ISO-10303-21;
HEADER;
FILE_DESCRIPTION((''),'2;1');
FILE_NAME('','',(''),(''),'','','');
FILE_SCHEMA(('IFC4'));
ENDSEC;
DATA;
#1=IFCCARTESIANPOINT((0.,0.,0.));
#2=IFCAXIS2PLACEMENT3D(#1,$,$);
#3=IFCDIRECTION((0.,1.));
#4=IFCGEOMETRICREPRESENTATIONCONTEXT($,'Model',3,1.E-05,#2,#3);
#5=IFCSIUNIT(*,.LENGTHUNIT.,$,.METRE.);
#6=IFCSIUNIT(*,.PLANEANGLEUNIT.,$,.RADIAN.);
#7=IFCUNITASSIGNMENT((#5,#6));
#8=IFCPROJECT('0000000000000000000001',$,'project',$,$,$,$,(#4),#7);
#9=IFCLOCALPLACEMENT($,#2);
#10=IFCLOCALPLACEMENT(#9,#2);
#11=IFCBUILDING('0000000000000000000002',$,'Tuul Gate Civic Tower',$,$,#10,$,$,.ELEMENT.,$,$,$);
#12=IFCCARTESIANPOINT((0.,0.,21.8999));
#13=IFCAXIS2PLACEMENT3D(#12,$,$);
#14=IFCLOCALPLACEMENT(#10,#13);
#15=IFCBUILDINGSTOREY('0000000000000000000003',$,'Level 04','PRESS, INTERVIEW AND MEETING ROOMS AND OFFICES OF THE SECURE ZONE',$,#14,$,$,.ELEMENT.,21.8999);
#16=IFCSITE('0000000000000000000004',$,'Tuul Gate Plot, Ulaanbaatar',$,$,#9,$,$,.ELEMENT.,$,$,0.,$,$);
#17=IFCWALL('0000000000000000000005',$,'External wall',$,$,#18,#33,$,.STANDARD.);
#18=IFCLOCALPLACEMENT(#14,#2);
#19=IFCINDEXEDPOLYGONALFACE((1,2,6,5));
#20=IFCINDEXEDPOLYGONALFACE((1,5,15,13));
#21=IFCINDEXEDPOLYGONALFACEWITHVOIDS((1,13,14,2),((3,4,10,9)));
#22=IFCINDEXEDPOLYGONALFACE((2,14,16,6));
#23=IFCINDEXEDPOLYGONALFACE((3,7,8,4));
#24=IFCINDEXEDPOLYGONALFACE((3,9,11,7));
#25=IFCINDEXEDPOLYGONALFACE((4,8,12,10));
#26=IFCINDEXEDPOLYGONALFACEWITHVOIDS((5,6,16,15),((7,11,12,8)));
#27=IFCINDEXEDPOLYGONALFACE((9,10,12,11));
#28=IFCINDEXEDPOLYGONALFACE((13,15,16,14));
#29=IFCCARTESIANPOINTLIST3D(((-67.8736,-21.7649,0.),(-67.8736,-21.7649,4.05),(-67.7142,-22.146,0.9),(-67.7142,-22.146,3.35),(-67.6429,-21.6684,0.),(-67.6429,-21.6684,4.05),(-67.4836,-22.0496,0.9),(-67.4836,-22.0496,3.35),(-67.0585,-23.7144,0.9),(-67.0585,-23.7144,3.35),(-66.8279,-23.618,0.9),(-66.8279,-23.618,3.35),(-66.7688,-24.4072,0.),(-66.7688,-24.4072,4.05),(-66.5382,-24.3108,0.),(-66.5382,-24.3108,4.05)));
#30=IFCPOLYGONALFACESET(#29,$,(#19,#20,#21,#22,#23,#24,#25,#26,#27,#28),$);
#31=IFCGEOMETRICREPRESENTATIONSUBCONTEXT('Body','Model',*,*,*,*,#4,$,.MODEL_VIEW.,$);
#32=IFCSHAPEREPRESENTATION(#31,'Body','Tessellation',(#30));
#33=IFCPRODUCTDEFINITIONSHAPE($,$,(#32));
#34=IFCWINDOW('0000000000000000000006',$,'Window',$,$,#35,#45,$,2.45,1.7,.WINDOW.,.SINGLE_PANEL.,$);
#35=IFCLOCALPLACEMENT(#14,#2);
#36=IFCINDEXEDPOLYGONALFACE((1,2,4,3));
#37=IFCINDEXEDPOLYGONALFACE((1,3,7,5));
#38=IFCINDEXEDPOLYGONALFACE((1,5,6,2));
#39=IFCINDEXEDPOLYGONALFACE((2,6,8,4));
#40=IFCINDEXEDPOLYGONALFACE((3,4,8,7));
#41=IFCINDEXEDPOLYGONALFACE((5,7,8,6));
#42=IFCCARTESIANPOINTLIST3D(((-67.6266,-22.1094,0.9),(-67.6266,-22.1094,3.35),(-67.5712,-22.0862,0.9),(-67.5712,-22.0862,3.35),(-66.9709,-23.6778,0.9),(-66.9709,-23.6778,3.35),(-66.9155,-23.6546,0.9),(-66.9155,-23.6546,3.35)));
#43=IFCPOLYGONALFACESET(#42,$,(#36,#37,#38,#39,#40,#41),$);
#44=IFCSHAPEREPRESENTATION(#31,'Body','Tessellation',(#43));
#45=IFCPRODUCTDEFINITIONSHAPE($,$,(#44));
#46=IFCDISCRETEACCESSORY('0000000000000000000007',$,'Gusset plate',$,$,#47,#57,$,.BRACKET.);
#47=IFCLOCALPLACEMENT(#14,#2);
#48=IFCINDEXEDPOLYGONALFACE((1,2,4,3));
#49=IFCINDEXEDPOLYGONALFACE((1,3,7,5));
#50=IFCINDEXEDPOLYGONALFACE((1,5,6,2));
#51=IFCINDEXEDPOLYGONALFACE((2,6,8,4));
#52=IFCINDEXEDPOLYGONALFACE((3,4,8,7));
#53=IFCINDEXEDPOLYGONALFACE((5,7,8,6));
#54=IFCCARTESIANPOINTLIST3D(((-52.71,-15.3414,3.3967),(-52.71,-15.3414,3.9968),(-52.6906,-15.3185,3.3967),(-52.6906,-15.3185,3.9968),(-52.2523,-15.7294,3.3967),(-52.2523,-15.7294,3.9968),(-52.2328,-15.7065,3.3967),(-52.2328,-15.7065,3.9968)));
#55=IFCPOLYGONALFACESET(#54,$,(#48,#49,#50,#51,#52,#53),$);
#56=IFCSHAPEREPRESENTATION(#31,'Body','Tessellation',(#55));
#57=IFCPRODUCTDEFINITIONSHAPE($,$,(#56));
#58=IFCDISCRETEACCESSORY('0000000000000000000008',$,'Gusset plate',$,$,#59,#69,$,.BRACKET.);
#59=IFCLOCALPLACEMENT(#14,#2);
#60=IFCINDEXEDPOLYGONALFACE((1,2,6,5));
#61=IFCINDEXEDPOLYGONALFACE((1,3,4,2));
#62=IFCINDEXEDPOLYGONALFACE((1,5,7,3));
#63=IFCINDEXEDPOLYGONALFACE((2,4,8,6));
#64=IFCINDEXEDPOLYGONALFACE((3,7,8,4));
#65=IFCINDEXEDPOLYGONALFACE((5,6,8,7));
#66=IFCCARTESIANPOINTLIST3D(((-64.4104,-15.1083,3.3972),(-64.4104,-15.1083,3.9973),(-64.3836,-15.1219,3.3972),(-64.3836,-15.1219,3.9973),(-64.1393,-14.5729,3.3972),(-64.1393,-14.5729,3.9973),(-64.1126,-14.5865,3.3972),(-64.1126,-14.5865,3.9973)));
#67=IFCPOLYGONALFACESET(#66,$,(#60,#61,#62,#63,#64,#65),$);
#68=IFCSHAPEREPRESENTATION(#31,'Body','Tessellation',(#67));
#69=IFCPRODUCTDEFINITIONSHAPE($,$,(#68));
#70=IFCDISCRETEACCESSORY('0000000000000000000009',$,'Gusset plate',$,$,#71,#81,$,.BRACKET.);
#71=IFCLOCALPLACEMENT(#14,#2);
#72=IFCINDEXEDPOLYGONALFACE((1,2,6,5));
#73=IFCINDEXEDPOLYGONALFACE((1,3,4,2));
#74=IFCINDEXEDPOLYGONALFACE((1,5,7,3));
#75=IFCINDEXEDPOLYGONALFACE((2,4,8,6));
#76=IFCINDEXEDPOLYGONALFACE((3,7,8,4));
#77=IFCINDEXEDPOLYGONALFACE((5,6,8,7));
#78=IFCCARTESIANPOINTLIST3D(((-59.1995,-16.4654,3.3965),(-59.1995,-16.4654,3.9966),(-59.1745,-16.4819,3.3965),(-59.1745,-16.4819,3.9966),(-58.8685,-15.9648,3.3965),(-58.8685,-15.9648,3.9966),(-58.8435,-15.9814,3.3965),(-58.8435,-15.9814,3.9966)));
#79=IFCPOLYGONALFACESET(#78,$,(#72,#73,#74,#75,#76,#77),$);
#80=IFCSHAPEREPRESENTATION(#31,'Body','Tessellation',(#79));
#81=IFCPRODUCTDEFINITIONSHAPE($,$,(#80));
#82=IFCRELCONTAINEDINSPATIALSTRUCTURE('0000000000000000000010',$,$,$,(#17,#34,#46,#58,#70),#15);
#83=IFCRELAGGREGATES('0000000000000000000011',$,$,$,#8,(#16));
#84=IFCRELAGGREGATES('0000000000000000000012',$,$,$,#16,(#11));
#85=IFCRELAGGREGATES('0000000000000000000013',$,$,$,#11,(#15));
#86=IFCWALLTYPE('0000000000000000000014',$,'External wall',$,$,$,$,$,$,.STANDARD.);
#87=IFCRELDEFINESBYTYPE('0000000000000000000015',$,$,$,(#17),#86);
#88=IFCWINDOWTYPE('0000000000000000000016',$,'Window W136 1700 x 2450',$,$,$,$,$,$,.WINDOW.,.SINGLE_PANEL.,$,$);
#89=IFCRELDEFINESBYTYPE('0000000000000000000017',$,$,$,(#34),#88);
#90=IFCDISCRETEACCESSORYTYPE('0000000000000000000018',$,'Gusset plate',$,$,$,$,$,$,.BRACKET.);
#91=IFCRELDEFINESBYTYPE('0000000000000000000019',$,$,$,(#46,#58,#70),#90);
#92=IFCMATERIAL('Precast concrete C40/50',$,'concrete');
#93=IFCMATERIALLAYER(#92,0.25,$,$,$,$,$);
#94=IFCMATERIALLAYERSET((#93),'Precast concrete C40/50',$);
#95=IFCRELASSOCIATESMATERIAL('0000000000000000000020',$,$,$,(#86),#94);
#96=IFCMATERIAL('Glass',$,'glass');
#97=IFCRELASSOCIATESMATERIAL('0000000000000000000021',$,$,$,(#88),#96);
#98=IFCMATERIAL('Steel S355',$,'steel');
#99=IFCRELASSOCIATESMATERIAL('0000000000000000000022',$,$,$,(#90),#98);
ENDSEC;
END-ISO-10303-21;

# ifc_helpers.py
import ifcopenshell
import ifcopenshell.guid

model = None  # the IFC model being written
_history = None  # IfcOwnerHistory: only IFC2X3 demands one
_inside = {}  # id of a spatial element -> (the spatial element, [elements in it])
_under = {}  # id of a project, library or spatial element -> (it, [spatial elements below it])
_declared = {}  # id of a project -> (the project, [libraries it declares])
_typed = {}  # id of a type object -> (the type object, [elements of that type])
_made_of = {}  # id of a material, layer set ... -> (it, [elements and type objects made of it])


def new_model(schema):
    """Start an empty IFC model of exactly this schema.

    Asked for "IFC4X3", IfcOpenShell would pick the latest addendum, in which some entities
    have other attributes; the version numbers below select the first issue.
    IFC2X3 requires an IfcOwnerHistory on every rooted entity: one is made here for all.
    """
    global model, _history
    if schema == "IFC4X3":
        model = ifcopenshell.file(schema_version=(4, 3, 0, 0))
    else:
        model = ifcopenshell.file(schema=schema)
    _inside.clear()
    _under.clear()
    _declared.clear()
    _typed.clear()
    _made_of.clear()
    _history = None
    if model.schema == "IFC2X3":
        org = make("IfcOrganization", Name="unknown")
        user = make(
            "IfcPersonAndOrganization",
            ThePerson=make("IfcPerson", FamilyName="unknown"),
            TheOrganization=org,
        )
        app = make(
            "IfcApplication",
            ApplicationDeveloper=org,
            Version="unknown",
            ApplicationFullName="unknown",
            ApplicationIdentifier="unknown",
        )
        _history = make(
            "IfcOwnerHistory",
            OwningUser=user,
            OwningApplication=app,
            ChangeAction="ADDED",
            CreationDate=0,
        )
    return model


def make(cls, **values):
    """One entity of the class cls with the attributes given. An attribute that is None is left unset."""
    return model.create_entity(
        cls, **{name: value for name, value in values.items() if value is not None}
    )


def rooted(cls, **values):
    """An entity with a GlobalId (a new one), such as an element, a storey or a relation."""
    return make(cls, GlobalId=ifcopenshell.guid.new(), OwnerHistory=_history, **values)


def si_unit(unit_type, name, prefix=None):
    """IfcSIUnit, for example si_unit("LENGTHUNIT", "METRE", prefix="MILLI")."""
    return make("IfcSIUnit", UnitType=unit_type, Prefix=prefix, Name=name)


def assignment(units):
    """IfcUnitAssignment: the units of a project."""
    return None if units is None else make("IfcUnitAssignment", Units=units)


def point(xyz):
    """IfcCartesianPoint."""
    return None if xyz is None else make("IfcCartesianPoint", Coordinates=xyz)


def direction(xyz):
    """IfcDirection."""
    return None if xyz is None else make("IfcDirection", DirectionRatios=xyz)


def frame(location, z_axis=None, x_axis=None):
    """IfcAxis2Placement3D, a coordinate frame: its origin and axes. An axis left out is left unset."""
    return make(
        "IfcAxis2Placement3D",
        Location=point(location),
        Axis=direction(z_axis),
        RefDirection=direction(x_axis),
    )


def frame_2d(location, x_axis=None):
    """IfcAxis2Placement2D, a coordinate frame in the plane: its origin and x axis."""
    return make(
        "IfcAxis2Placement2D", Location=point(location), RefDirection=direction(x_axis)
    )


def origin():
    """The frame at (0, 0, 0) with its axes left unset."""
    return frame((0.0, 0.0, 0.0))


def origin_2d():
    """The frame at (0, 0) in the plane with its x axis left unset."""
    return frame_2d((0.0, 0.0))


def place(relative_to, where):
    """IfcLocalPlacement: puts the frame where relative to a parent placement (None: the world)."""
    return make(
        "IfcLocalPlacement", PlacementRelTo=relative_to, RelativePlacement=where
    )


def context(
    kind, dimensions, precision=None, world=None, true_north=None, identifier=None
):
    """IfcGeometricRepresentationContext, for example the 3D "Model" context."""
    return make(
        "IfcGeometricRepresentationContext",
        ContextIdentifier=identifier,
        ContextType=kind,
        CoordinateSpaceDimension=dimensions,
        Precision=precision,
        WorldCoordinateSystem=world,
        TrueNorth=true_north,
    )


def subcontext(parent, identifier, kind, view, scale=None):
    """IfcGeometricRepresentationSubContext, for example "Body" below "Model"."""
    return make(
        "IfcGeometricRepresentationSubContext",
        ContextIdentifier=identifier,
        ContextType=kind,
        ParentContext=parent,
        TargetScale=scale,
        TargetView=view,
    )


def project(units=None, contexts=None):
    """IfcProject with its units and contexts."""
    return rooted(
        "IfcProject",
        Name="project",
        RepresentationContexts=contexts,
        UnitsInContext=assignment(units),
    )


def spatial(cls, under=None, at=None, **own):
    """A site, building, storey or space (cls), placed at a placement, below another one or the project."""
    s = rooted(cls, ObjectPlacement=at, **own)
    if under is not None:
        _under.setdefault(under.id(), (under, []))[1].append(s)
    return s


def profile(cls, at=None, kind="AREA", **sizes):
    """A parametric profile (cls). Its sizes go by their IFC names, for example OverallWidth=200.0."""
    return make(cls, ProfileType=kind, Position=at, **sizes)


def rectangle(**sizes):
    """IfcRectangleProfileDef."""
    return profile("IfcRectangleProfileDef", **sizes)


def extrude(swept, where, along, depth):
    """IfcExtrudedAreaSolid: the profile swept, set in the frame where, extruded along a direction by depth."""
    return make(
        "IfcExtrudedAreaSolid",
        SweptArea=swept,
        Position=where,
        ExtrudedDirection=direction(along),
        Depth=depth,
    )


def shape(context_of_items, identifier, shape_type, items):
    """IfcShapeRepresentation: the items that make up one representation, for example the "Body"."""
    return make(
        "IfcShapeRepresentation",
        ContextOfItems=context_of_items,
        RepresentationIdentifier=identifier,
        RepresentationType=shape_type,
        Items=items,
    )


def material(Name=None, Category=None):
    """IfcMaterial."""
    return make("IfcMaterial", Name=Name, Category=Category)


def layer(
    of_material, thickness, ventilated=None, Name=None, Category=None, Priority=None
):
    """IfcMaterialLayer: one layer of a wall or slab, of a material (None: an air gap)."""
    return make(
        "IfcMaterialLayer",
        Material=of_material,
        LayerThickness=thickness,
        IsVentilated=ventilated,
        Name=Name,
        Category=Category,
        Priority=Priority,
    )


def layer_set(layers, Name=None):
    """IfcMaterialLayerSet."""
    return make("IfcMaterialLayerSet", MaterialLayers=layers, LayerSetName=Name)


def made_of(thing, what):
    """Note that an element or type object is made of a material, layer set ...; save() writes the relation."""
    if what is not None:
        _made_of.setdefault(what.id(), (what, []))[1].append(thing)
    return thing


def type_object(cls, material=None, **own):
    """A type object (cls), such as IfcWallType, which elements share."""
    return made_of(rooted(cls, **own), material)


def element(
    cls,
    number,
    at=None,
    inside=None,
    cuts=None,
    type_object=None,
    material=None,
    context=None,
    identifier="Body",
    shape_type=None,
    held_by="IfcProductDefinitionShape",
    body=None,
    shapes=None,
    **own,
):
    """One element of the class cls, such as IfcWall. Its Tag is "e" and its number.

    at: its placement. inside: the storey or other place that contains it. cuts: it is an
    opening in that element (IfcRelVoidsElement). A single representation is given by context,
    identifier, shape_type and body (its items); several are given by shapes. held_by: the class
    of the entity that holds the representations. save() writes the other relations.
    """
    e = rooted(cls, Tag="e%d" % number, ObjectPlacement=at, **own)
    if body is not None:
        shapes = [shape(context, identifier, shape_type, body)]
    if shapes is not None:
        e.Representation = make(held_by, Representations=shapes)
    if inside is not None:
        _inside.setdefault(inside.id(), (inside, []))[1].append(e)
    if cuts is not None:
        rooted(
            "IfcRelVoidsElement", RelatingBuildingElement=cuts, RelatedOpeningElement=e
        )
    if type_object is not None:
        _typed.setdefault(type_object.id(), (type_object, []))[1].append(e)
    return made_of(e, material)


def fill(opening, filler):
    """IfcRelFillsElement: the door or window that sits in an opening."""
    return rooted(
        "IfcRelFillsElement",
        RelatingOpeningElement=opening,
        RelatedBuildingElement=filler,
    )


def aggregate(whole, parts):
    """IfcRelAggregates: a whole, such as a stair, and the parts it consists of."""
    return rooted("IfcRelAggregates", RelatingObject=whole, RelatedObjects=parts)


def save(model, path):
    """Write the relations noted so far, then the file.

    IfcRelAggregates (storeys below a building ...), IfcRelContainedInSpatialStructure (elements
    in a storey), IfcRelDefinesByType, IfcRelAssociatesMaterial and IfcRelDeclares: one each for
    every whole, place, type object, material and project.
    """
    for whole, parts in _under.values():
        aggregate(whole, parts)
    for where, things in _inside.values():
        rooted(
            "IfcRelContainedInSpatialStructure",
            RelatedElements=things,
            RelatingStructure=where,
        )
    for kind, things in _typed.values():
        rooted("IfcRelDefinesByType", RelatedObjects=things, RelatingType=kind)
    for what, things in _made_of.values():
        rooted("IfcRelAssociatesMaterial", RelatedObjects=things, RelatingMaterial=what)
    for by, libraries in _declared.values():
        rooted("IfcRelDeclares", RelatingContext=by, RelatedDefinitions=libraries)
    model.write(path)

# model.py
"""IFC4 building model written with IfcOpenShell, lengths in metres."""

from ifc_helpers import new_model, si_unit, direction, frame, frame_2d, origin, origin_2d, place, context, subcontext, project, spatial, rectangle, extrude, material, layer, layer_set, type_object, element, fill, save


model = new_model("IFC4")

# Units and contexts
model_context = context("Model", 3, precision=1e-05, world=origin(), true_north=direction((0.0, 1.0)))
body_context = subcontext(model_context, "Body", "Model", "MODEL_VIEW")
ifc_project = project(units=[si_unit("LENGTHUNIT", "METRE"), si_unit("PLANEANGLEUNIT", "RADIAN")], contexts=[model_context])

# Site, building, storey
site_placement = place(None, origin())
site = spatial("IfcSite", under=ifc_project, at=site_placement, Name="Tuul Gate Plot, Ulaanbaatar", CompositionType="ELEMENT", RefElevation=0.0)
building_placement = place(site_placement, origin())
building = spatial("IfcBuilding", under=site, at=building_placement, Name="Tuul Gate Civic Tower", CompositionType="ELEMENT")
storey_placement = place(building_placement, frame((0.0, 0.0, 21.8999)))
storey = spatial("IfcBuildingStorey", under=building, at=storey_placement, Name="Level 04", Description="PRESS, INTERVIEW AND MEETING ROOMS AND OFFICES OF THE SECURE ZONE", CompositionType="ELEMENT", Elevation=21.8999)

# Shared definitions
ifc_material_1 = material(Name="Precast concrete C40/50", Category="concrete")
ifc_layer_1 = layer(ifc_material_1, 0.25)
ifc_layer_set_1 = layer_set([ifc_layer_1], Name="Precast concrete C40/50")
wall_type_1 = type_object("IfcWallType", Name="External wall", PredefinedType="STANDARD", material=ifc_layer_set_1)

# Wall, opening, window
wall_1_placement = place(storey_placement, frame((-67.7583, -21.7166, 0.0), z_axis=(0.0, 0.0, 1.0), x_axis=(0.385735, -0.92261, 0.0)))
wall_1 = element("IfcWall", 1, at=wall_1_placement, inside=storey, type_object=wall_type_1, Name="External wall", PredefinedType="STANDARD", context=body_context, shape_type="SweptSolid", body=[
    extrude(rectangle(XDim=2.864, YDim=0.25, at=frame_2d((1.4321, 0.0))), origin(), (0.0, 0.0, 1.0), 4.05),
])
opening_1_placement = place(wall_1_placement, frame((0.4131, 0.0, 0.8999)))
opening_1 = element("IfcOpeningElement", 2, at=opening_1_placement, cuts=wall_1, PredefinedType="OPENING", context=body_context, shape_type="SweptSolid", body=[
    extrude(rectangle(XDim=1.7, YDim=2.45, at=frame_2d((0.8501, 1.2251))), frame((0.0, 0.135, 0.0), z_axis=(0.0, -1.0, 0.0), x_axis=(1.0, 0.0, 0.0)), (0.0, 0.0, 1.0), 0.27),
])
ifc_material_2 = material(Name="Glass", Category="glass")
window_type_1 = type_object("IfcWindowType", Name="Window W136 1700 x 2450", PartitioningType="SINGLE_PANEL", PredefinedType="WINDOW", material=ifc_material_2)
window_1_placement = place(opening_1_placement, origin())
window_1 = element("IfcWindow", 3, at=window_1_placement, inside=storey, type_object=window_type_1, Name="Window", OverallHeight=2.45, OverallWidth=1.7, PartitioningType="SINGLE_PANEL", PredefinedType="WINDOW", context=body_context, shape_type="SweptSolid", body=[
    extrude(rectangle(XDim=1.7, YDim=2.45, at=frame_2d((0.8501, 1.2251))), frame((0.0, 0.03, 0.0), z_axis=(0.0, -1.0, 0.0), x_axis=(1.0, 0.0, 0.0)), (0.0, 0.0, 1.0), 0.0601),
])
fill(opening_1, window_1)

# Discrete accessories
ifc_material_3 = material(Name="Steel S355", Category="steel")
discrete_accessory_type = type_object("IfcDiscreteAccessoryType", Name="Gusset plate", PredefinedType="BRACKET", material=ifc_material_3)
for number, where, z_axis, x_axis, name in (
    (4, (-52.4714, -15.5239, 3.3967), (0.0, 0.0, 1.0), (-0.762835, 0.646593, 0.0), "Gusset plate"),
    (5, (-64.2615, -14.8474, 3.3972), (0.0, 0.0, 1.0), (0.451669, 0.892185, 0.0), "Gusset plate"),
    (6, (-59.0215, -16.2234, 3.3965), (0.0, 0.0, 1.0), (0.551598, 0.83411, 0.0), "Gusset plate"),
):
    element("IfcDiscreteAccessory", number, at=place(storey_placement, frame(where, z_axis=z_axis, x_axis=x_axis)), inside=storey, type_object=discrete_accessory_type, Name=name, PredefinedType="BRACKET", context=body_context, shape_type="SweptSolid", body=[
        extrude(rectangle(XDim=0.6001, YDim=0.03, at=origin_2d()), origin(), (0.0, 0.0, 1.0), 0.6001),
    ])

save(model, "model.ifc")
